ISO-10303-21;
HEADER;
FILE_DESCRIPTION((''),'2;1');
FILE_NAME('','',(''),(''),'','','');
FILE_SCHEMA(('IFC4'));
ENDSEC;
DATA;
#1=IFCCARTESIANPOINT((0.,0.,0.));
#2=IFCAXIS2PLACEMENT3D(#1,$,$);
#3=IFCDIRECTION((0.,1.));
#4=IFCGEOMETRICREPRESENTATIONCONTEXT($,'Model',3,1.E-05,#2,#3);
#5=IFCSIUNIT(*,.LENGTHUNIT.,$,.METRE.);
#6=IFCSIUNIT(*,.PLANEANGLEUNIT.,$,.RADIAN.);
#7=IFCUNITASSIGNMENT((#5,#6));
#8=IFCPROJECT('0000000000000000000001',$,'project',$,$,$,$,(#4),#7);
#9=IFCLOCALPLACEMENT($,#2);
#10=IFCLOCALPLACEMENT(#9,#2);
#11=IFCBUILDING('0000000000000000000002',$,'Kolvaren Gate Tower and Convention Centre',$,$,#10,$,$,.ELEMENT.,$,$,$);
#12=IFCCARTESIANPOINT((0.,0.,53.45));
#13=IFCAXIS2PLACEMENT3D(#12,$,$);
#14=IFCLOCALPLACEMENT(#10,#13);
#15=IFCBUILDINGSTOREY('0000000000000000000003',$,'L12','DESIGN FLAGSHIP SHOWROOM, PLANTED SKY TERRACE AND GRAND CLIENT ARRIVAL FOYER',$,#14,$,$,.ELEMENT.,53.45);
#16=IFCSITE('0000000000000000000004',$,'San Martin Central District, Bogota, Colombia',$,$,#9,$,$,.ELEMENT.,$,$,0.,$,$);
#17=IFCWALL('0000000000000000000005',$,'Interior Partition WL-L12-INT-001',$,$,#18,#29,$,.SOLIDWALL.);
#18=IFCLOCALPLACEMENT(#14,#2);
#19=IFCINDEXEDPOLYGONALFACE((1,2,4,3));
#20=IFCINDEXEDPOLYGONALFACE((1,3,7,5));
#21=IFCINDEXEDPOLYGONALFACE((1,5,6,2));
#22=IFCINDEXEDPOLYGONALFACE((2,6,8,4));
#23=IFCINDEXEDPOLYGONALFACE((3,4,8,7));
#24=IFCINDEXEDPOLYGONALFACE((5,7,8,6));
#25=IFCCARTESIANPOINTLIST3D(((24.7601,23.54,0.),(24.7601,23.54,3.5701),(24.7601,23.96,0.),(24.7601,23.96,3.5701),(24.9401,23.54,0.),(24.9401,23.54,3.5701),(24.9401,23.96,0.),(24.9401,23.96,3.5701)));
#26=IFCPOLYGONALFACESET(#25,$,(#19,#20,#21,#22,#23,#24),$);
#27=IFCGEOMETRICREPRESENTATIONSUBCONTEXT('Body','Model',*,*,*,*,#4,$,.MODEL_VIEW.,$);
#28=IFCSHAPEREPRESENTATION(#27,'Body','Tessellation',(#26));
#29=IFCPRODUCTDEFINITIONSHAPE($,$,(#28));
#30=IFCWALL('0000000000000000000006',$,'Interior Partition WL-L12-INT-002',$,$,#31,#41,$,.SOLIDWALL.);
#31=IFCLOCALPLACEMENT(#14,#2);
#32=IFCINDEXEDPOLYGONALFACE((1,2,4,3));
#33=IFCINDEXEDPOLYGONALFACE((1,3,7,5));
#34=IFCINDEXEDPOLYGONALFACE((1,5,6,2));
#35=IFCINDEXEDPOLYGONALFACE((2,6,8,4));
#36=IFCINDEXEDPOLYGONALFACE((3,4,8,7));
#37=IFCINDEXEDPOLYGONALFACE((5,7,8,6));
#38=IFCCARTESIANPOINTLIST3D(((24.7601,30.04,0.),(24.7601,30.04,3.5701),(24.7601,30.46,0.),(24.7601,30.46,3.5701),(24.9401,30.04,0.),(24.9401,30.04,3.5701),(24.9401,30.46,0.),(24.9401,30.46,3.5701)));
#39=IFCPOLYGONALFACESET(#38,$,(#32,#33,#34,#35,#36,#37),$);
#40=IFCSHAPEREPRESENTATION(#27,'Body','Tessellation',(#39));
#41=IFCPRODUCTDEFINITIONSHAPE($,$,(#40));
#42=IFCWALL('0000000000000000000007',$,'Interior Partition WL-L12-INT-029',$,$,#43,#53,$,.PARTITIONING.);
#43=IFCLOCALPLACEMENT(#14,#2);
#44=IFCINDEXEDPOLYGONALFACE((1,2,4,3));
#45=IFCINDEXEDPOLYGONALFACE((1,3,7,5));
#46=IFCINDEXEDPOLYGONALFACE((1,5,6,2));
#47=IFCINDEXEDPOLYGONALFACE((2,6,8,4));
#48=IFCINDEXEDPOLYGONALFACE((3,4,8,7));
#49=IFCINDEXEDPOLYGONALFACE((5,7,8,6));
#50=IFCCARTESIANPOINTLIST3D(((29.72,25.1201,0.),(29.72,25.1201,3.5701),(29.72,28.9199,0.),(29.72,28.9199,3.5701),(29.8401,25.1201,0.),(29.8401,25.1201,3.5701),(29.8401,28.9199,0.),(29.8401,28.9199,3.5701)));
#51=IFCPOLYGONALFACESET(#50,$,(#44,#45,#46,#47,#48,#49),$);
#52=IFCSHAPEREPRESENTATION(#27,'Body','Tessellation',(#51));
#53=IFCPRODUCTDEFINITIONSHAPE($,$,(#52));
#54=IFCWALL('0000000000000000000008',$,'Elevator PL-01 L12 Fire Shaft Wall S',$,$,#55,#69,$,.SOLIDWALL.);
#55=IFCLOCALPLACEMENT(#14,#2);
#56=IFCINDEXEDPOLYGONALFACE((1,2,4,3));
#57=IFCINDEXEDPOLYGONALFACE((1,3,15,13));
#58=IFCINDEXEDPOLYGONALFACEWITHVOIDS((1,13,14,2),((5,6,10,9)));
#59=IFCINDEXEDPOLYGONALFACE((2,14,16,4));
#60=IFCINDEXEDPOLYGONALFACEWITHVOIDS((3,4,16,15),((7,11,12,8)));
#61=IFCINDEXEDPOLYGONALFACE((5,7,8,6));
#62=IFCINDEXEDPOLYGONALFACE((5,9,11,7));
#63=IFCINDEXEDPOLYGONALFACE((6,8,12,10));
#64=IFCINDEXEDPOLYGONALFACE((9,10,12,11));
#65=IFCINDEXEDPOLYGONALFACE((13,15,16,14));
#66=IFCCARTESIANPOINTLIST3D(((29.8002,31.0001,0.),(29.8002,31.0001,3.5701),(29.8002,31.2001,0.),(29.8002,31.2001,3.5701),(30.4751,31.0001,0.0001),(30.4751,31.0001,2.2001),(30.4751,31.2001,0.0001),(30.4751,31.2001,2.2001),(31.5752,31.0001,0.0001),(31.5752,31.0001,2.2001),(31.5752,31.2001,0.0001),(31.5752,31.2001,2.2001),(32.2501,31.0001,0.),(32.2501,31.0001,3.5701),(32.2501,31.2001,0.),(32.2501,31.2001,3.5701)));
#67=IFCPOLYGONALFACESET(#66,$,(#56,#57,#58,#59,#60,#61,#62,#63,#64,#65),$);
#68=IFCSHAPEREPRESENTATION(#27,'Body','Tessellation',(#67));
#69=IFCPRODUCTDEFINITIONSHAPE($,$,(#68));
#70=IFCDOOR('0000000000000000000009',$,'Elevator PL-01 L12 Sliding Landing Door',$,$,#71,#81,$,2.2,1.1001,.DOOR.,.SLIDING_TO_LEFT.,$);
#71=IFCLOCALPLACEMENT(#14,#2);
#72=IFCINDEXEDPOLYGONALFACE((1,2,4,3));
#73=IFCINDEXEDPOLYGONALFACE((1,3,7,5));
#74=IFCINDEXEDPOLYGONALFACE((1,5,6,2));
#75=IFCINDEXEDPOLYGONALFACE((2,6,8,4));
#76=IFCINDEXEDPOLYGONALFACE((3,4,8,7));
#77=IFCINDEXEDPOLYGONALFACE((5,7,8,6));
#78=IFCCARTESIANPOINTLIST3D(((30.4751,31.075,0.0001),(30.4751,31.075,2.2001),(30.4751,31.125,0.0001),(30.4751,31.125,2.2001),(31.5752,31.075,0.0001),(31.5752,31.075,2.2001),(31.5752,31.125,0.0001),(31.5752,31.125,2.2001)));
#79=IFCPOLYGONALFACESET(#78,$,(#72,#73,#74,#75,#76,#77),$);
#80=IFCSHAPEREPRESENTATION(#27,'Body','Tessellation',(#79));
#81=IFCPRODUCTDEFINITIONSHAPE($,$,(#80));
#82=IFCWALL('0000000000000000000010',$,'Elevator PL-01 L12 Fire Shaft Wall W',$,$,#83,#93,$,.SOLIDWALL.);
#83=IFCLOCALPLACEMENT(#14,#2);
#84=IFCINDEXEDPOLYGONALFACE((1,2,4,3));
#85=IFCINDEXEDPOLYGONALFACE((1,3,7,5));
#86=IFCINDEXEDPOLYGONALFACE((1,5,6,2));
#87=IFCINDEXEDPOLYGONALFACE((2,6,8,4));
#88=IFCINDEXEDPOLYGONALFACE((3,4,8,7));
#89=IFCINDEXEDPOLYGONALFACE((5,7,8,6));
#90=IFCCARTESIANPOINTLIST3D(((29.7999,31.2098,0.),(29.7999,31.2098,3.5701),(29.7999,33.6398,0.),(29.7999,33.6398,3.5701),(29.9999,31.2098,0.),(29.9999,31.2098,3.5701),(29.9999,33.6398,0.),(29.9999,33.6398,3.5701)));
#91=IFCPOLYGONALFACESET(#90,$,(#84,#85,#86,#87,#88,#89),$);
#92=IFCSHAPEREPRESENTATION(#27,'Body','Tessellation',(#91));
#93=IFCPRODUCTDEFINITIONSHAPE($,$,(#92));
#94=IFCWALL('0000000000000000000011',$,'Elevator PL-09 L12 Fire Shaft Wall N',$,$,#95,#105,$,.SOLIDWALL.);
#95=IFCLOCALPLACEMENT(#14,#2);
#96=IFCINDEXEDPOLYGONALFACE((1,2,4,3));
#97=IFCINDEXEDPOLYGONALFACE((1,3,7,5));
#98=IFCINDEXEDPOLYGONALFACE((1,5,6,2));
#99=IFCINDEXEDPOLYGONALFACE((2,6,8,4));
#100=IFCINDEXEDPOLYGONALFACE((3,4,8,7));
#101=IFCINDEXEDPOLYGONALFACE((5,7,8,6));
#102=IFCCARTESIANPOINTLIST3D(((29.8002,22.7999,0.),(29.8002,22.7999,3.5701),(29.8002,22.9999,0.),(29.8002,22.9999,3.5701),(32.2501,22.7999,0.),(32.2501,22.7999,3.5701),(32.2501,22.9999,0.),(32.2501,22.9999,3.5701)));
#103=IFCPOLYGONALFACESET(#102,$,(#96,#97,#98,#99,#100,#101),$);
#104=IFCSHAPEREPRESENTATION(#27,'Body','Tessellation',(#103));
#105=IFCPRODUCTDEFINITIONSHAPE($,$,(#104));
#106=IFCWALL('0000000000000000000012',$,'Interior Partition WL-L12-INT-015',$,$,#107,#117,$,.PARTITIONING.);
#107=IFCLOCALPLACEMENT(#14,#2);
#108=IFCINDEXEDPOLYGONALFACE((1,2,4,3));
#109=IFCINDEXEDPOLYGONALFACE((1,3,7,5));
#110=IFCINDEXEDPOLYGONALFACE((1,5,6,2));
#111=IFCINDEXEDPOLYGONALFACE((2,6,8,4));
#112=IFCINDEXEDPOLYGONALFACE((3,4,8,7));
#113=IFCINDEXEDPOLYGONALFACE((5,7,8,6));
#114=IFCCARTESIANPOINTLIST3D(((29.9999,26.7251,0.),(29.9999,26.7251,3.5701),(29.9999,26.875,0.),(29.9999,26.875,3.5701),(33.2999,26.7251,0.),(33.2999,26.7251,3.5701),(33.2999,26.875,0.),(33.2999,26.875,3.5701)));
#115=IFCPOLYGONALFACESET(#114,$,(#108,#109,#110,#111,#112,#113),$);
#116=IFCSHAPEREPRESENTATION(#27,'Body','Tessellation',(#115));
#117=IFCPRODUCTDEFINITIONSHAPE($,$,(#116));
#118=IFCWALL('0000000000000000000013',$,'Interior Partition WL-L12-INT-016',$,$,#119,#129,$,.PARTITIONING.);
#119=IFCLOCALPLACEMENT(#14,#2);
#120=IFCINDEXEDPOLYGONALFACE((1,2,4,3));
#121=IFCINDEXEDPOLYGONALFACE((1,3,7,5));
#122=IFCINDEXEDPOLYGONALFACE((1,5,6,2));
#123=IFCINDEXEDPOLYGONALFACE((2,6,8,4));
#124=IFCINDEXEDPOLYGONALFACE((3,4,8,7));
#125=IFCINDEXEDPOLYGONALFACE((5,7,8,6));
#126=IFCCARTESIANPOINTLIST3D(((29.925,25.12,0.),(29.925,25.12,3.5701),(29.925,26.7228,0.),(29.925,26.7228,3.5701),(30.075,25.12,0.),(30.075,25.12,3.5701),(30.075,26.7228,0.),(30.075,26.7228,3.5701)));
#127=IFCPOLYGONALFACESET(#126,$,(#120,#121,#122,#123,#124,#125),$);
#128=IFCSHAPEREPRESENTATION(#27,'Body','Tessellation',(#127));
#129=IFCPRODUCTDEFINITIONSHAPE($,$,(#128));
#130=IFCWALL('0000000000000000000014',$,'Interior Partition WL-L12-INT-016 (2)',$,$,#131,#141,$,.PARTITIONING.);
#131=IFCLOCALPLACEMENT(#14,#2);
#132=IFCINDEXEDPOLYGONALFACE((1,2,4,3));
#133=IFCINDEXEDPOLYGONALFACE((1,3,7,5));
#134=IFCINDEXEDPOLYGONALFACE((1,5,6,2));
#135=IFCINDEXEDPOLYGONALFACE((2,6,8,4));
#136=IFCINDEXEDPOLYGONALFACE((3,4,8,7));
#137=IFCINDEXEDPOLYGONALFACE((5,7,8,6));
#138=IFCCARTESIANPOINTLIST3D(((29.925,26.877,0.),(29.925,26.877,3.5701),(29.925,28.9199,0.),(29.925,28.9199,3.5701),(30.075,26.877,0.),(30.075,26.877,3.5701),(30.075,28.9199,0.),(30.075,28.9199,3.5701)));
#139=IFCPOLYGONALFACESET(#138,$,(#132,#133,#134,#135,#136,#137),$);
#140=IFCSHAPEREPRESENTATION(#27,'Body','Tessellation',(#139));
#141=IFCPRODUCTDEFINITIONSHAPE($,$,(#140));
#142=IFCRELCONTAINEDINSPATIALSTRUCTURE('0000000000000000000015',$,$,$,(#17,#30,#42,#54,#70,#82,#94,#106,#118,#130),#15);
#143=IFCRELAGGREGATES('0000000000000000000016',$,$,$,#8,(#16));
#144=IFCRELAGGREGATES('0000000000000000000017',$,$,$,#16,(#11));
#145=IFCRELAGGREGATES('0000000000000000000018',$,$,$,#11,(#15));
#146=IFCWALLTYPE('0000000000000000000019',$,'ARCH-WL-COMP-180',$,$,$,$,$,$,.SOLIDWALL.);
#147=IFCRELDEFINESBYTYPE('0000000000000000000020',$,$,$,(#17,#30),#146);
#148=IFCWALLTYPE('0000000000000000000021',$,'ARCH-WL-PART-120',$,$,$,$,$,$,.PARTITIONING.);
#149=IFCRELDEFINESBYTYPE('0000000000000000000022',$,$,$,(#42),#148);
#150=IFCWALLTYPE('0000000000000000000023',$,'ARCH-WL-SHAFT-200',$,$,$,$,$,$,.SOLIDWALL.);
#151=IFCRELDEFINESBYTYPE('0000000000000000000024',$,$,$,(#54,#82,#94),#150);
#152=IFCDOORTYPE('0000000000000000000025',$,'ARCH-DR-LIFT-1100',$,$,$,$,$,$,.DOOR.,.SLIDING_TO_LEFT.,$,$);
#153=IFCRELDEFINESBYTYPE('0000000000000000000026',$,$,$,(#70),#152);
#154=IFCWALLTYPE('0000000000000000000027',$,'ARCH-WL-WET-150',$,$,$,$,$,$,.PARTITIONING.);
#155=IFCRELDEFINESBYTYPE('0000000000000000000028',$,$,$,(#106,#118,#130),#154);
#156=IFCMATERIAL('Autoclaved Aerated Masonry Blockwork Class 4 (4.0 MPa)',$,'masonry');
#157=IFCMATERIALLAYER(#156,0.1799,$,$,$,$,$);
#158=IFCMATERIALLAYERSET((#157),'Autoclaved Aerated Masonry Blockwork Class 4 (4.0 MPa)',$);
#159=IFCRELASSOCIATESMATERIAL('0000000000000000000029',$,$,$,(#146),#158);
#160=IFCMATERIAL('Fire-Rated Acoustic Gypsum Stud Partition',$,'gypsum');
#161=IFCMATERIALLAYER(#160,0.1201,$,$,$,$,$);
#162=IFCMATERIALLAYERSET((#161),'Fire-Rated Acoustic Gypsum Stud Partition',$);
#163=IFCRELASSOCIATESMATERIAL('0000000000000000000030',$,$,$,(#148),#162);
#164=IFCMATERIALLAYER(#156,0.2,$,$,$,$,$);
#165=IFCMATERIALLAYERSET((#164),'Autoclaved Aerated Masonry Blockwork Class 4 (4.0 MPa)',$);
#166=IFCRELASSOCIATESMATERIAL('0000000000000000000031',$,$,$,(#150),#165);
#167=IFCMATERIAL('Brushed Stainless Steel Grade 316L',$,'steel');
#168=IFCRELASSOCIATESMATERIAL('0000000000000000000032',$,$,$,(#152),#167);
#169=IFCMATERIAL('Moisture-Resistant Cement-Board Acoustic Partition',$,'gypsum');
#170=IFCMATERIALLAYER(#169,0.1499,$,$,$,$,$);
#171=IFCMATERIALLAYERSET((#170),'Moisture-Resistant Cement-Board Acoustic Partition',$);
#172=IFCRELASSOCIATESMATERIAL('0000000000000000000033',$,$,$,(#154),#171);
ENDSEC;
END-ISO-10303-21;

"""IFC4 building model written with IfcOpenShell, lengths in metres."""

from ifc_helpers import new_model, si_unit, direction, frame, frame_2d, origin, place, context, subcontext, project, spatial, rectangle, extrude, material, layer, layer_set, type_object, element, fill, save


model = new_model("IFC4")

# Units and contexts
model_context = context("Model", 3, precision=1e-05, world=origin(), true_north=direction((0.0, 1.0)))
body_context = subcontext(model_context, "Body", "Model", "MODEL_VIEW")
ifc_project = project(units=[si_unit("LENGTHUNIT", "METRE"), si_unit("PLANEANGLEUNIT", "RADIAN")], contexts=[model_context])

# Site, building, storey
site_placement = place(None, origin())
site = spatial("IfcSite", under=ifc_project, at=site_placement, Name="San Martin Central District, Bogota, Colombia", CompositionType="ELEMENT", RefElevation=0.0)
building_placement = place(site_placement, origin())
building = spatial("IfcBuilding", under=site, at=building_placement, Name="Kolvaren Gate Tower and Convention Centre", CompositionType="ELEMENT")
storey_placement = place(building_placement, frame((0.0, 0.0, 53.45)))
storey = spatial("IfcBuildingStorey", under=building, at=storey_placement, Name="L12", Description="DESIGN FLAGSHIP SHOWROOM, PLANTED SKY TERRACE AND GRAND CLIENT ARRIVAL FOYER", CompositionType="ELEMENT", Elevation=53.45)

# Walls
ifc_material_1 = material(Name="Autoclaved Aerated Masonry Blockwork Class 4 (4.0 MPa)", Category="masonry")
ifc_layer_1 = layer(ifc_material_1, 0.1799)
ifc_layer_set_1 = layer_set([ifc_layer_1], Name="Autoclaved Aerated Masonry Blockwork Class 4 (4.0 MPa)")
wall_type_1 = type_object("IfcWallType", Name="ARCH-WL-COMP-180", PredefinedType="SOLIDWALL", material=ifc_layer_set_1)
for number, where, z_axis, x_axis, name in (
    (1, (24.8501, 23.54, 0.0), (0.0, 0.0, 1.0), (0.0, 1.0, 0.0), "Interior Partition WL-L12-INT-001"),
    (2, (24.8501, 30.04, 0.0), (0.0, 0.0, 1.0), (0.0, 1.0, 0.0), "Interior Partition WL-L12-INT-002"),
):
    element("IfcWall", number, at=place(storey_placement, frame(where, z_axis=z_axis, x_axis=x_axis)), inside=storey, type_object=wall_type_1, Name=name, PredefinedType="SOLIDWALL", context=body_context, shape_type="SweptSolid", body=[
        extrude(rectangle(XDim=0.4199, YDim=0.1799, at=frame_2d((0.21, 0.0))), origin(), (0.0, 0.0, 1.0), 3.5701),
    ])
ifc_material_2 = material(Name="Fire-Rated Acoustic Gypsum Stud Partition", Category="gypsum")
ifc_layer_2 = layer(ifc_material_2, 0.1201)
ifc_layer_set_2 = layer_set([ifc_layer_2], Name="Fire-Rated Acoustic Gypsum Stud Partition")
wall_type_2 = type_object("IfcWallType", Name="ARCH-WL-PART-120", PredefinedType="PARTITIONING", material=ifc_layer_set_2)
wall_1_placement = place(storey_placement, frame((29.78, 25.1201, 0.0), z_axis=(0.0, 0.0, 1.0), x_axis=(0.0, 1.0, 0.0)))
element("IfcWall", 3, at=wall_1_placement, inside=storey, type_object=wall_type_2, Name="Interior Partition WL-L12-INT-029", PredefinedType="PARTITIONING", context=body_context, shape_type="SweptSolid", body=[
    extrude(rectangle(XDim=3.7998, YDim=0.1201, at=frame_2d((1.8999, 0.0))), origin(), (0.0, 0.0, 1.0), 3.5701),
])

# Wall, opening, door
ifc_layer_3 = layer(ifc_material_1, 0.2)
ifc_layer_set_3 = layer_set([ifc_layer_3], Name="Autoclaved Aerated Masonry Blockwork Class 4 (4.0 MPa)")
wall_type_3 = type_object("IfcWallType", Name="ARCH-WL-SHAFT-200", PredefinedType="SOLIDWALL", material=ifc_layer_set_3)
wall_2_placement = place(storey_placement, frame((29.8, 31.1001, 0.0), z_axis=(0.0, 0.0, 1.0), x_axis=(1.0, 0.0, 0.0)))
wall_2 = element("IfcWall", 4, at=wall_2_placement, inside=storey, type_object=wall_type_3, Name="Elevator PL-01 L12 Fire Shaft Wall S", PredefinedType="SOLIDWALL", context=body_context, shape_type="SweptSolid", body=[
    extrude(rectangle(XDim=2.45, YDim=0.2, at=frame_2d((1.2251, 0.0))), origin(), (0.0, 0.0, 1.0), 3.5701),
])
opening_1_placement = place(wall_2_placement, frame((0.675, 0.0, 0.0)))
opening_1 = element("IfcOpeningElement", 5, at=opening_1_placement, cuts=wall_2, PredefinedType="OPENING", context=body_context, shape_type="SweptSolid", body=[
    extrude(rectangle(XDim=1.1001, YDim=2.2, at=frame_2d((0.55, 1.1001))), frame((0.0, 0.1099, 0.0), z_axis=(0.0, -1.0, 0.0), x_axis=(1.0, 0.0, 0.0)), (0.0, 0.0, 1.0), 0.22),
])
ifc_material_3 = material(Name="Brushed Stainless Steel Grade 316L", Category="steel")
door_type_1 = type_object("IfcDoorType", Name="ARCH-DR-LIFT-1100", OperationType="SLIDING_TO_LEFT", PredefinedType="DOOR", material=ifc_material_3)
door_1_placement = place(opening_1_placement, origin())
door_1 = element("IfcDoor", 6, at=door_1_placement, inside=storey, type_object=door_type_1, Name="Elevator PL-01 L12 Sliding Landing Door", OperationType="SLIDING_TO_LEFT", OverallHeight=2.2, OverallWidth=1.1001, PredefinedType="DOOR", context=body_context, shape_type="SweptSolid", body=[
    extrude(rectangle(XDim=1.1001, YDim=2.2, at=frame_2d((0.55, 1.1001))), frame((0.0, 0.0249, 0.0), z_axis=(0.0, -1.0, 0.0), x_axis=(1.0, 0.0, 0.0)), (0.0, 0.0, 1.0), 0.05),
])
fill(opening_1, door_1)

# Walls
wall_3_placement = place(storey_placement, frame((29.8999, 31.21, 0.0), z_axis=(0.0, 0.0, 1.0), x_axis=(0.0, 1.0, 0.0)))
element("IfcWall", 7, at=wall_3_placement, inside=storey, type_object=wall_type_3, Name="Elevator PL-01 L12 Fire Shaft Wall W", PredefinedType="SOLIDWALL", context=body_context, shape_type="SweptSolid", body=[
    extrude(rectangle(XDim=2.4299, YDim=0.2, at=frame_2d((1.2148, 0.0))), origin(), (0.0, 0.0, 1.0), 3.5701),
])
wall_4_placement = place(storey_placement, frame((29.8, 22.8999, 0.0), z_axis=(0.0, 0.0, 1.0), x_axis=(1.0, 0.0, 0.0)))
element("IfcWall", 8, at=wall_4_placement, inside=storey, type_object=wall_type_3, Name="Elevator PL-09 L12 Fire Shaft Wall N", PredefinedType="SOLIDWALL", context=body_context, shape_type="SweptSolid", body=[
    extrude(rectangle(XDim=2.45, YDim=0.2, at=frame_2d((1.2251, 0.0))), origin(), (0.0, 0.0, 1.0), 3.5701),
])
ifc_material_4 = material(Name="Moisture-Resistant Cement-Board Acoustic Partition", Category="gypsum")
ifc_layer_4 = layer(ifc_material_4, 0.1499)
ifc_layer_set_4 = layer_set([ifc_layer_4], Name="Moisture-Resistant Cement-Board Acoustic Partition")
wall_type_4 = type_object("IfcWallType", Name="ARCH-WL-WET-150", PredefinedType="PARTITIONING", material=ifc_layer_set_4)
wall_5_placement = place(storey_placement, frame((30.0, 26.8, 0.0), z_axis=(0.0, 0.0, 1.0), x_axis=(1.0, 0.0, 0.0)))
element("IfcWall", 9, at=wall_5_placement, inside=storey, type_object=wall_type_4, Name="Interior Partition WL-L12-INT-015", PredefinedType="PARTITIONING", context=body_context, shape_type="SweptSolid", body=[
    extrude(rectangle(XDim=3.3, YDim=0.1499, at=frame_2d((1.6499, 0.0))), origin(), (0.0, 0.0, 1.0), 3.5701),
])
wall_6_placement = place(storey_placement, frame((30.0, 25.1201, 0.0), z_axis=(0.0, 0.0, 1.0), x_axis=(0.0, 1.0, 0.0)))
element("IfcWall", 10, at=wall_6_placement, inside=storey, type_object=wall_type_4, Name="Interior Partition WL-L12-INT-016", PredefinedType="PARTITIONING", context=body_context, shape_type="SweptSolid", body=[
    extrude(rectangle(XDim=1.6028, YDim=0.1499, at=frame_2d((0.8013, 0.0))), origin(), (0.0, 0.0, 1.0), 3.5701),
])
wall_7_placement = place(storey_placement, frame((30.0, 26.877, 0.0), z_axis=(0.0, 0.0, 1.0), x_axis=(0.0, 1.0, 0.0)))
element("IfcWall", 11, at=wall_7_placement, inside=storey, type_object=wall_type_4, Name="Interior Partition WL-L12-INT-016 (2)", PredefinedType="PARTITIONING", context=body_context, shape_type="SweptSolid", body=[
    extrude(rectangle(XDim=2.043, YDim=0.1499, at=frame_2d((1.0215, 0.0))), origin(), (0.0, 0.0, 1.0), 3.5701),
])

save(model, "model.ifc")
